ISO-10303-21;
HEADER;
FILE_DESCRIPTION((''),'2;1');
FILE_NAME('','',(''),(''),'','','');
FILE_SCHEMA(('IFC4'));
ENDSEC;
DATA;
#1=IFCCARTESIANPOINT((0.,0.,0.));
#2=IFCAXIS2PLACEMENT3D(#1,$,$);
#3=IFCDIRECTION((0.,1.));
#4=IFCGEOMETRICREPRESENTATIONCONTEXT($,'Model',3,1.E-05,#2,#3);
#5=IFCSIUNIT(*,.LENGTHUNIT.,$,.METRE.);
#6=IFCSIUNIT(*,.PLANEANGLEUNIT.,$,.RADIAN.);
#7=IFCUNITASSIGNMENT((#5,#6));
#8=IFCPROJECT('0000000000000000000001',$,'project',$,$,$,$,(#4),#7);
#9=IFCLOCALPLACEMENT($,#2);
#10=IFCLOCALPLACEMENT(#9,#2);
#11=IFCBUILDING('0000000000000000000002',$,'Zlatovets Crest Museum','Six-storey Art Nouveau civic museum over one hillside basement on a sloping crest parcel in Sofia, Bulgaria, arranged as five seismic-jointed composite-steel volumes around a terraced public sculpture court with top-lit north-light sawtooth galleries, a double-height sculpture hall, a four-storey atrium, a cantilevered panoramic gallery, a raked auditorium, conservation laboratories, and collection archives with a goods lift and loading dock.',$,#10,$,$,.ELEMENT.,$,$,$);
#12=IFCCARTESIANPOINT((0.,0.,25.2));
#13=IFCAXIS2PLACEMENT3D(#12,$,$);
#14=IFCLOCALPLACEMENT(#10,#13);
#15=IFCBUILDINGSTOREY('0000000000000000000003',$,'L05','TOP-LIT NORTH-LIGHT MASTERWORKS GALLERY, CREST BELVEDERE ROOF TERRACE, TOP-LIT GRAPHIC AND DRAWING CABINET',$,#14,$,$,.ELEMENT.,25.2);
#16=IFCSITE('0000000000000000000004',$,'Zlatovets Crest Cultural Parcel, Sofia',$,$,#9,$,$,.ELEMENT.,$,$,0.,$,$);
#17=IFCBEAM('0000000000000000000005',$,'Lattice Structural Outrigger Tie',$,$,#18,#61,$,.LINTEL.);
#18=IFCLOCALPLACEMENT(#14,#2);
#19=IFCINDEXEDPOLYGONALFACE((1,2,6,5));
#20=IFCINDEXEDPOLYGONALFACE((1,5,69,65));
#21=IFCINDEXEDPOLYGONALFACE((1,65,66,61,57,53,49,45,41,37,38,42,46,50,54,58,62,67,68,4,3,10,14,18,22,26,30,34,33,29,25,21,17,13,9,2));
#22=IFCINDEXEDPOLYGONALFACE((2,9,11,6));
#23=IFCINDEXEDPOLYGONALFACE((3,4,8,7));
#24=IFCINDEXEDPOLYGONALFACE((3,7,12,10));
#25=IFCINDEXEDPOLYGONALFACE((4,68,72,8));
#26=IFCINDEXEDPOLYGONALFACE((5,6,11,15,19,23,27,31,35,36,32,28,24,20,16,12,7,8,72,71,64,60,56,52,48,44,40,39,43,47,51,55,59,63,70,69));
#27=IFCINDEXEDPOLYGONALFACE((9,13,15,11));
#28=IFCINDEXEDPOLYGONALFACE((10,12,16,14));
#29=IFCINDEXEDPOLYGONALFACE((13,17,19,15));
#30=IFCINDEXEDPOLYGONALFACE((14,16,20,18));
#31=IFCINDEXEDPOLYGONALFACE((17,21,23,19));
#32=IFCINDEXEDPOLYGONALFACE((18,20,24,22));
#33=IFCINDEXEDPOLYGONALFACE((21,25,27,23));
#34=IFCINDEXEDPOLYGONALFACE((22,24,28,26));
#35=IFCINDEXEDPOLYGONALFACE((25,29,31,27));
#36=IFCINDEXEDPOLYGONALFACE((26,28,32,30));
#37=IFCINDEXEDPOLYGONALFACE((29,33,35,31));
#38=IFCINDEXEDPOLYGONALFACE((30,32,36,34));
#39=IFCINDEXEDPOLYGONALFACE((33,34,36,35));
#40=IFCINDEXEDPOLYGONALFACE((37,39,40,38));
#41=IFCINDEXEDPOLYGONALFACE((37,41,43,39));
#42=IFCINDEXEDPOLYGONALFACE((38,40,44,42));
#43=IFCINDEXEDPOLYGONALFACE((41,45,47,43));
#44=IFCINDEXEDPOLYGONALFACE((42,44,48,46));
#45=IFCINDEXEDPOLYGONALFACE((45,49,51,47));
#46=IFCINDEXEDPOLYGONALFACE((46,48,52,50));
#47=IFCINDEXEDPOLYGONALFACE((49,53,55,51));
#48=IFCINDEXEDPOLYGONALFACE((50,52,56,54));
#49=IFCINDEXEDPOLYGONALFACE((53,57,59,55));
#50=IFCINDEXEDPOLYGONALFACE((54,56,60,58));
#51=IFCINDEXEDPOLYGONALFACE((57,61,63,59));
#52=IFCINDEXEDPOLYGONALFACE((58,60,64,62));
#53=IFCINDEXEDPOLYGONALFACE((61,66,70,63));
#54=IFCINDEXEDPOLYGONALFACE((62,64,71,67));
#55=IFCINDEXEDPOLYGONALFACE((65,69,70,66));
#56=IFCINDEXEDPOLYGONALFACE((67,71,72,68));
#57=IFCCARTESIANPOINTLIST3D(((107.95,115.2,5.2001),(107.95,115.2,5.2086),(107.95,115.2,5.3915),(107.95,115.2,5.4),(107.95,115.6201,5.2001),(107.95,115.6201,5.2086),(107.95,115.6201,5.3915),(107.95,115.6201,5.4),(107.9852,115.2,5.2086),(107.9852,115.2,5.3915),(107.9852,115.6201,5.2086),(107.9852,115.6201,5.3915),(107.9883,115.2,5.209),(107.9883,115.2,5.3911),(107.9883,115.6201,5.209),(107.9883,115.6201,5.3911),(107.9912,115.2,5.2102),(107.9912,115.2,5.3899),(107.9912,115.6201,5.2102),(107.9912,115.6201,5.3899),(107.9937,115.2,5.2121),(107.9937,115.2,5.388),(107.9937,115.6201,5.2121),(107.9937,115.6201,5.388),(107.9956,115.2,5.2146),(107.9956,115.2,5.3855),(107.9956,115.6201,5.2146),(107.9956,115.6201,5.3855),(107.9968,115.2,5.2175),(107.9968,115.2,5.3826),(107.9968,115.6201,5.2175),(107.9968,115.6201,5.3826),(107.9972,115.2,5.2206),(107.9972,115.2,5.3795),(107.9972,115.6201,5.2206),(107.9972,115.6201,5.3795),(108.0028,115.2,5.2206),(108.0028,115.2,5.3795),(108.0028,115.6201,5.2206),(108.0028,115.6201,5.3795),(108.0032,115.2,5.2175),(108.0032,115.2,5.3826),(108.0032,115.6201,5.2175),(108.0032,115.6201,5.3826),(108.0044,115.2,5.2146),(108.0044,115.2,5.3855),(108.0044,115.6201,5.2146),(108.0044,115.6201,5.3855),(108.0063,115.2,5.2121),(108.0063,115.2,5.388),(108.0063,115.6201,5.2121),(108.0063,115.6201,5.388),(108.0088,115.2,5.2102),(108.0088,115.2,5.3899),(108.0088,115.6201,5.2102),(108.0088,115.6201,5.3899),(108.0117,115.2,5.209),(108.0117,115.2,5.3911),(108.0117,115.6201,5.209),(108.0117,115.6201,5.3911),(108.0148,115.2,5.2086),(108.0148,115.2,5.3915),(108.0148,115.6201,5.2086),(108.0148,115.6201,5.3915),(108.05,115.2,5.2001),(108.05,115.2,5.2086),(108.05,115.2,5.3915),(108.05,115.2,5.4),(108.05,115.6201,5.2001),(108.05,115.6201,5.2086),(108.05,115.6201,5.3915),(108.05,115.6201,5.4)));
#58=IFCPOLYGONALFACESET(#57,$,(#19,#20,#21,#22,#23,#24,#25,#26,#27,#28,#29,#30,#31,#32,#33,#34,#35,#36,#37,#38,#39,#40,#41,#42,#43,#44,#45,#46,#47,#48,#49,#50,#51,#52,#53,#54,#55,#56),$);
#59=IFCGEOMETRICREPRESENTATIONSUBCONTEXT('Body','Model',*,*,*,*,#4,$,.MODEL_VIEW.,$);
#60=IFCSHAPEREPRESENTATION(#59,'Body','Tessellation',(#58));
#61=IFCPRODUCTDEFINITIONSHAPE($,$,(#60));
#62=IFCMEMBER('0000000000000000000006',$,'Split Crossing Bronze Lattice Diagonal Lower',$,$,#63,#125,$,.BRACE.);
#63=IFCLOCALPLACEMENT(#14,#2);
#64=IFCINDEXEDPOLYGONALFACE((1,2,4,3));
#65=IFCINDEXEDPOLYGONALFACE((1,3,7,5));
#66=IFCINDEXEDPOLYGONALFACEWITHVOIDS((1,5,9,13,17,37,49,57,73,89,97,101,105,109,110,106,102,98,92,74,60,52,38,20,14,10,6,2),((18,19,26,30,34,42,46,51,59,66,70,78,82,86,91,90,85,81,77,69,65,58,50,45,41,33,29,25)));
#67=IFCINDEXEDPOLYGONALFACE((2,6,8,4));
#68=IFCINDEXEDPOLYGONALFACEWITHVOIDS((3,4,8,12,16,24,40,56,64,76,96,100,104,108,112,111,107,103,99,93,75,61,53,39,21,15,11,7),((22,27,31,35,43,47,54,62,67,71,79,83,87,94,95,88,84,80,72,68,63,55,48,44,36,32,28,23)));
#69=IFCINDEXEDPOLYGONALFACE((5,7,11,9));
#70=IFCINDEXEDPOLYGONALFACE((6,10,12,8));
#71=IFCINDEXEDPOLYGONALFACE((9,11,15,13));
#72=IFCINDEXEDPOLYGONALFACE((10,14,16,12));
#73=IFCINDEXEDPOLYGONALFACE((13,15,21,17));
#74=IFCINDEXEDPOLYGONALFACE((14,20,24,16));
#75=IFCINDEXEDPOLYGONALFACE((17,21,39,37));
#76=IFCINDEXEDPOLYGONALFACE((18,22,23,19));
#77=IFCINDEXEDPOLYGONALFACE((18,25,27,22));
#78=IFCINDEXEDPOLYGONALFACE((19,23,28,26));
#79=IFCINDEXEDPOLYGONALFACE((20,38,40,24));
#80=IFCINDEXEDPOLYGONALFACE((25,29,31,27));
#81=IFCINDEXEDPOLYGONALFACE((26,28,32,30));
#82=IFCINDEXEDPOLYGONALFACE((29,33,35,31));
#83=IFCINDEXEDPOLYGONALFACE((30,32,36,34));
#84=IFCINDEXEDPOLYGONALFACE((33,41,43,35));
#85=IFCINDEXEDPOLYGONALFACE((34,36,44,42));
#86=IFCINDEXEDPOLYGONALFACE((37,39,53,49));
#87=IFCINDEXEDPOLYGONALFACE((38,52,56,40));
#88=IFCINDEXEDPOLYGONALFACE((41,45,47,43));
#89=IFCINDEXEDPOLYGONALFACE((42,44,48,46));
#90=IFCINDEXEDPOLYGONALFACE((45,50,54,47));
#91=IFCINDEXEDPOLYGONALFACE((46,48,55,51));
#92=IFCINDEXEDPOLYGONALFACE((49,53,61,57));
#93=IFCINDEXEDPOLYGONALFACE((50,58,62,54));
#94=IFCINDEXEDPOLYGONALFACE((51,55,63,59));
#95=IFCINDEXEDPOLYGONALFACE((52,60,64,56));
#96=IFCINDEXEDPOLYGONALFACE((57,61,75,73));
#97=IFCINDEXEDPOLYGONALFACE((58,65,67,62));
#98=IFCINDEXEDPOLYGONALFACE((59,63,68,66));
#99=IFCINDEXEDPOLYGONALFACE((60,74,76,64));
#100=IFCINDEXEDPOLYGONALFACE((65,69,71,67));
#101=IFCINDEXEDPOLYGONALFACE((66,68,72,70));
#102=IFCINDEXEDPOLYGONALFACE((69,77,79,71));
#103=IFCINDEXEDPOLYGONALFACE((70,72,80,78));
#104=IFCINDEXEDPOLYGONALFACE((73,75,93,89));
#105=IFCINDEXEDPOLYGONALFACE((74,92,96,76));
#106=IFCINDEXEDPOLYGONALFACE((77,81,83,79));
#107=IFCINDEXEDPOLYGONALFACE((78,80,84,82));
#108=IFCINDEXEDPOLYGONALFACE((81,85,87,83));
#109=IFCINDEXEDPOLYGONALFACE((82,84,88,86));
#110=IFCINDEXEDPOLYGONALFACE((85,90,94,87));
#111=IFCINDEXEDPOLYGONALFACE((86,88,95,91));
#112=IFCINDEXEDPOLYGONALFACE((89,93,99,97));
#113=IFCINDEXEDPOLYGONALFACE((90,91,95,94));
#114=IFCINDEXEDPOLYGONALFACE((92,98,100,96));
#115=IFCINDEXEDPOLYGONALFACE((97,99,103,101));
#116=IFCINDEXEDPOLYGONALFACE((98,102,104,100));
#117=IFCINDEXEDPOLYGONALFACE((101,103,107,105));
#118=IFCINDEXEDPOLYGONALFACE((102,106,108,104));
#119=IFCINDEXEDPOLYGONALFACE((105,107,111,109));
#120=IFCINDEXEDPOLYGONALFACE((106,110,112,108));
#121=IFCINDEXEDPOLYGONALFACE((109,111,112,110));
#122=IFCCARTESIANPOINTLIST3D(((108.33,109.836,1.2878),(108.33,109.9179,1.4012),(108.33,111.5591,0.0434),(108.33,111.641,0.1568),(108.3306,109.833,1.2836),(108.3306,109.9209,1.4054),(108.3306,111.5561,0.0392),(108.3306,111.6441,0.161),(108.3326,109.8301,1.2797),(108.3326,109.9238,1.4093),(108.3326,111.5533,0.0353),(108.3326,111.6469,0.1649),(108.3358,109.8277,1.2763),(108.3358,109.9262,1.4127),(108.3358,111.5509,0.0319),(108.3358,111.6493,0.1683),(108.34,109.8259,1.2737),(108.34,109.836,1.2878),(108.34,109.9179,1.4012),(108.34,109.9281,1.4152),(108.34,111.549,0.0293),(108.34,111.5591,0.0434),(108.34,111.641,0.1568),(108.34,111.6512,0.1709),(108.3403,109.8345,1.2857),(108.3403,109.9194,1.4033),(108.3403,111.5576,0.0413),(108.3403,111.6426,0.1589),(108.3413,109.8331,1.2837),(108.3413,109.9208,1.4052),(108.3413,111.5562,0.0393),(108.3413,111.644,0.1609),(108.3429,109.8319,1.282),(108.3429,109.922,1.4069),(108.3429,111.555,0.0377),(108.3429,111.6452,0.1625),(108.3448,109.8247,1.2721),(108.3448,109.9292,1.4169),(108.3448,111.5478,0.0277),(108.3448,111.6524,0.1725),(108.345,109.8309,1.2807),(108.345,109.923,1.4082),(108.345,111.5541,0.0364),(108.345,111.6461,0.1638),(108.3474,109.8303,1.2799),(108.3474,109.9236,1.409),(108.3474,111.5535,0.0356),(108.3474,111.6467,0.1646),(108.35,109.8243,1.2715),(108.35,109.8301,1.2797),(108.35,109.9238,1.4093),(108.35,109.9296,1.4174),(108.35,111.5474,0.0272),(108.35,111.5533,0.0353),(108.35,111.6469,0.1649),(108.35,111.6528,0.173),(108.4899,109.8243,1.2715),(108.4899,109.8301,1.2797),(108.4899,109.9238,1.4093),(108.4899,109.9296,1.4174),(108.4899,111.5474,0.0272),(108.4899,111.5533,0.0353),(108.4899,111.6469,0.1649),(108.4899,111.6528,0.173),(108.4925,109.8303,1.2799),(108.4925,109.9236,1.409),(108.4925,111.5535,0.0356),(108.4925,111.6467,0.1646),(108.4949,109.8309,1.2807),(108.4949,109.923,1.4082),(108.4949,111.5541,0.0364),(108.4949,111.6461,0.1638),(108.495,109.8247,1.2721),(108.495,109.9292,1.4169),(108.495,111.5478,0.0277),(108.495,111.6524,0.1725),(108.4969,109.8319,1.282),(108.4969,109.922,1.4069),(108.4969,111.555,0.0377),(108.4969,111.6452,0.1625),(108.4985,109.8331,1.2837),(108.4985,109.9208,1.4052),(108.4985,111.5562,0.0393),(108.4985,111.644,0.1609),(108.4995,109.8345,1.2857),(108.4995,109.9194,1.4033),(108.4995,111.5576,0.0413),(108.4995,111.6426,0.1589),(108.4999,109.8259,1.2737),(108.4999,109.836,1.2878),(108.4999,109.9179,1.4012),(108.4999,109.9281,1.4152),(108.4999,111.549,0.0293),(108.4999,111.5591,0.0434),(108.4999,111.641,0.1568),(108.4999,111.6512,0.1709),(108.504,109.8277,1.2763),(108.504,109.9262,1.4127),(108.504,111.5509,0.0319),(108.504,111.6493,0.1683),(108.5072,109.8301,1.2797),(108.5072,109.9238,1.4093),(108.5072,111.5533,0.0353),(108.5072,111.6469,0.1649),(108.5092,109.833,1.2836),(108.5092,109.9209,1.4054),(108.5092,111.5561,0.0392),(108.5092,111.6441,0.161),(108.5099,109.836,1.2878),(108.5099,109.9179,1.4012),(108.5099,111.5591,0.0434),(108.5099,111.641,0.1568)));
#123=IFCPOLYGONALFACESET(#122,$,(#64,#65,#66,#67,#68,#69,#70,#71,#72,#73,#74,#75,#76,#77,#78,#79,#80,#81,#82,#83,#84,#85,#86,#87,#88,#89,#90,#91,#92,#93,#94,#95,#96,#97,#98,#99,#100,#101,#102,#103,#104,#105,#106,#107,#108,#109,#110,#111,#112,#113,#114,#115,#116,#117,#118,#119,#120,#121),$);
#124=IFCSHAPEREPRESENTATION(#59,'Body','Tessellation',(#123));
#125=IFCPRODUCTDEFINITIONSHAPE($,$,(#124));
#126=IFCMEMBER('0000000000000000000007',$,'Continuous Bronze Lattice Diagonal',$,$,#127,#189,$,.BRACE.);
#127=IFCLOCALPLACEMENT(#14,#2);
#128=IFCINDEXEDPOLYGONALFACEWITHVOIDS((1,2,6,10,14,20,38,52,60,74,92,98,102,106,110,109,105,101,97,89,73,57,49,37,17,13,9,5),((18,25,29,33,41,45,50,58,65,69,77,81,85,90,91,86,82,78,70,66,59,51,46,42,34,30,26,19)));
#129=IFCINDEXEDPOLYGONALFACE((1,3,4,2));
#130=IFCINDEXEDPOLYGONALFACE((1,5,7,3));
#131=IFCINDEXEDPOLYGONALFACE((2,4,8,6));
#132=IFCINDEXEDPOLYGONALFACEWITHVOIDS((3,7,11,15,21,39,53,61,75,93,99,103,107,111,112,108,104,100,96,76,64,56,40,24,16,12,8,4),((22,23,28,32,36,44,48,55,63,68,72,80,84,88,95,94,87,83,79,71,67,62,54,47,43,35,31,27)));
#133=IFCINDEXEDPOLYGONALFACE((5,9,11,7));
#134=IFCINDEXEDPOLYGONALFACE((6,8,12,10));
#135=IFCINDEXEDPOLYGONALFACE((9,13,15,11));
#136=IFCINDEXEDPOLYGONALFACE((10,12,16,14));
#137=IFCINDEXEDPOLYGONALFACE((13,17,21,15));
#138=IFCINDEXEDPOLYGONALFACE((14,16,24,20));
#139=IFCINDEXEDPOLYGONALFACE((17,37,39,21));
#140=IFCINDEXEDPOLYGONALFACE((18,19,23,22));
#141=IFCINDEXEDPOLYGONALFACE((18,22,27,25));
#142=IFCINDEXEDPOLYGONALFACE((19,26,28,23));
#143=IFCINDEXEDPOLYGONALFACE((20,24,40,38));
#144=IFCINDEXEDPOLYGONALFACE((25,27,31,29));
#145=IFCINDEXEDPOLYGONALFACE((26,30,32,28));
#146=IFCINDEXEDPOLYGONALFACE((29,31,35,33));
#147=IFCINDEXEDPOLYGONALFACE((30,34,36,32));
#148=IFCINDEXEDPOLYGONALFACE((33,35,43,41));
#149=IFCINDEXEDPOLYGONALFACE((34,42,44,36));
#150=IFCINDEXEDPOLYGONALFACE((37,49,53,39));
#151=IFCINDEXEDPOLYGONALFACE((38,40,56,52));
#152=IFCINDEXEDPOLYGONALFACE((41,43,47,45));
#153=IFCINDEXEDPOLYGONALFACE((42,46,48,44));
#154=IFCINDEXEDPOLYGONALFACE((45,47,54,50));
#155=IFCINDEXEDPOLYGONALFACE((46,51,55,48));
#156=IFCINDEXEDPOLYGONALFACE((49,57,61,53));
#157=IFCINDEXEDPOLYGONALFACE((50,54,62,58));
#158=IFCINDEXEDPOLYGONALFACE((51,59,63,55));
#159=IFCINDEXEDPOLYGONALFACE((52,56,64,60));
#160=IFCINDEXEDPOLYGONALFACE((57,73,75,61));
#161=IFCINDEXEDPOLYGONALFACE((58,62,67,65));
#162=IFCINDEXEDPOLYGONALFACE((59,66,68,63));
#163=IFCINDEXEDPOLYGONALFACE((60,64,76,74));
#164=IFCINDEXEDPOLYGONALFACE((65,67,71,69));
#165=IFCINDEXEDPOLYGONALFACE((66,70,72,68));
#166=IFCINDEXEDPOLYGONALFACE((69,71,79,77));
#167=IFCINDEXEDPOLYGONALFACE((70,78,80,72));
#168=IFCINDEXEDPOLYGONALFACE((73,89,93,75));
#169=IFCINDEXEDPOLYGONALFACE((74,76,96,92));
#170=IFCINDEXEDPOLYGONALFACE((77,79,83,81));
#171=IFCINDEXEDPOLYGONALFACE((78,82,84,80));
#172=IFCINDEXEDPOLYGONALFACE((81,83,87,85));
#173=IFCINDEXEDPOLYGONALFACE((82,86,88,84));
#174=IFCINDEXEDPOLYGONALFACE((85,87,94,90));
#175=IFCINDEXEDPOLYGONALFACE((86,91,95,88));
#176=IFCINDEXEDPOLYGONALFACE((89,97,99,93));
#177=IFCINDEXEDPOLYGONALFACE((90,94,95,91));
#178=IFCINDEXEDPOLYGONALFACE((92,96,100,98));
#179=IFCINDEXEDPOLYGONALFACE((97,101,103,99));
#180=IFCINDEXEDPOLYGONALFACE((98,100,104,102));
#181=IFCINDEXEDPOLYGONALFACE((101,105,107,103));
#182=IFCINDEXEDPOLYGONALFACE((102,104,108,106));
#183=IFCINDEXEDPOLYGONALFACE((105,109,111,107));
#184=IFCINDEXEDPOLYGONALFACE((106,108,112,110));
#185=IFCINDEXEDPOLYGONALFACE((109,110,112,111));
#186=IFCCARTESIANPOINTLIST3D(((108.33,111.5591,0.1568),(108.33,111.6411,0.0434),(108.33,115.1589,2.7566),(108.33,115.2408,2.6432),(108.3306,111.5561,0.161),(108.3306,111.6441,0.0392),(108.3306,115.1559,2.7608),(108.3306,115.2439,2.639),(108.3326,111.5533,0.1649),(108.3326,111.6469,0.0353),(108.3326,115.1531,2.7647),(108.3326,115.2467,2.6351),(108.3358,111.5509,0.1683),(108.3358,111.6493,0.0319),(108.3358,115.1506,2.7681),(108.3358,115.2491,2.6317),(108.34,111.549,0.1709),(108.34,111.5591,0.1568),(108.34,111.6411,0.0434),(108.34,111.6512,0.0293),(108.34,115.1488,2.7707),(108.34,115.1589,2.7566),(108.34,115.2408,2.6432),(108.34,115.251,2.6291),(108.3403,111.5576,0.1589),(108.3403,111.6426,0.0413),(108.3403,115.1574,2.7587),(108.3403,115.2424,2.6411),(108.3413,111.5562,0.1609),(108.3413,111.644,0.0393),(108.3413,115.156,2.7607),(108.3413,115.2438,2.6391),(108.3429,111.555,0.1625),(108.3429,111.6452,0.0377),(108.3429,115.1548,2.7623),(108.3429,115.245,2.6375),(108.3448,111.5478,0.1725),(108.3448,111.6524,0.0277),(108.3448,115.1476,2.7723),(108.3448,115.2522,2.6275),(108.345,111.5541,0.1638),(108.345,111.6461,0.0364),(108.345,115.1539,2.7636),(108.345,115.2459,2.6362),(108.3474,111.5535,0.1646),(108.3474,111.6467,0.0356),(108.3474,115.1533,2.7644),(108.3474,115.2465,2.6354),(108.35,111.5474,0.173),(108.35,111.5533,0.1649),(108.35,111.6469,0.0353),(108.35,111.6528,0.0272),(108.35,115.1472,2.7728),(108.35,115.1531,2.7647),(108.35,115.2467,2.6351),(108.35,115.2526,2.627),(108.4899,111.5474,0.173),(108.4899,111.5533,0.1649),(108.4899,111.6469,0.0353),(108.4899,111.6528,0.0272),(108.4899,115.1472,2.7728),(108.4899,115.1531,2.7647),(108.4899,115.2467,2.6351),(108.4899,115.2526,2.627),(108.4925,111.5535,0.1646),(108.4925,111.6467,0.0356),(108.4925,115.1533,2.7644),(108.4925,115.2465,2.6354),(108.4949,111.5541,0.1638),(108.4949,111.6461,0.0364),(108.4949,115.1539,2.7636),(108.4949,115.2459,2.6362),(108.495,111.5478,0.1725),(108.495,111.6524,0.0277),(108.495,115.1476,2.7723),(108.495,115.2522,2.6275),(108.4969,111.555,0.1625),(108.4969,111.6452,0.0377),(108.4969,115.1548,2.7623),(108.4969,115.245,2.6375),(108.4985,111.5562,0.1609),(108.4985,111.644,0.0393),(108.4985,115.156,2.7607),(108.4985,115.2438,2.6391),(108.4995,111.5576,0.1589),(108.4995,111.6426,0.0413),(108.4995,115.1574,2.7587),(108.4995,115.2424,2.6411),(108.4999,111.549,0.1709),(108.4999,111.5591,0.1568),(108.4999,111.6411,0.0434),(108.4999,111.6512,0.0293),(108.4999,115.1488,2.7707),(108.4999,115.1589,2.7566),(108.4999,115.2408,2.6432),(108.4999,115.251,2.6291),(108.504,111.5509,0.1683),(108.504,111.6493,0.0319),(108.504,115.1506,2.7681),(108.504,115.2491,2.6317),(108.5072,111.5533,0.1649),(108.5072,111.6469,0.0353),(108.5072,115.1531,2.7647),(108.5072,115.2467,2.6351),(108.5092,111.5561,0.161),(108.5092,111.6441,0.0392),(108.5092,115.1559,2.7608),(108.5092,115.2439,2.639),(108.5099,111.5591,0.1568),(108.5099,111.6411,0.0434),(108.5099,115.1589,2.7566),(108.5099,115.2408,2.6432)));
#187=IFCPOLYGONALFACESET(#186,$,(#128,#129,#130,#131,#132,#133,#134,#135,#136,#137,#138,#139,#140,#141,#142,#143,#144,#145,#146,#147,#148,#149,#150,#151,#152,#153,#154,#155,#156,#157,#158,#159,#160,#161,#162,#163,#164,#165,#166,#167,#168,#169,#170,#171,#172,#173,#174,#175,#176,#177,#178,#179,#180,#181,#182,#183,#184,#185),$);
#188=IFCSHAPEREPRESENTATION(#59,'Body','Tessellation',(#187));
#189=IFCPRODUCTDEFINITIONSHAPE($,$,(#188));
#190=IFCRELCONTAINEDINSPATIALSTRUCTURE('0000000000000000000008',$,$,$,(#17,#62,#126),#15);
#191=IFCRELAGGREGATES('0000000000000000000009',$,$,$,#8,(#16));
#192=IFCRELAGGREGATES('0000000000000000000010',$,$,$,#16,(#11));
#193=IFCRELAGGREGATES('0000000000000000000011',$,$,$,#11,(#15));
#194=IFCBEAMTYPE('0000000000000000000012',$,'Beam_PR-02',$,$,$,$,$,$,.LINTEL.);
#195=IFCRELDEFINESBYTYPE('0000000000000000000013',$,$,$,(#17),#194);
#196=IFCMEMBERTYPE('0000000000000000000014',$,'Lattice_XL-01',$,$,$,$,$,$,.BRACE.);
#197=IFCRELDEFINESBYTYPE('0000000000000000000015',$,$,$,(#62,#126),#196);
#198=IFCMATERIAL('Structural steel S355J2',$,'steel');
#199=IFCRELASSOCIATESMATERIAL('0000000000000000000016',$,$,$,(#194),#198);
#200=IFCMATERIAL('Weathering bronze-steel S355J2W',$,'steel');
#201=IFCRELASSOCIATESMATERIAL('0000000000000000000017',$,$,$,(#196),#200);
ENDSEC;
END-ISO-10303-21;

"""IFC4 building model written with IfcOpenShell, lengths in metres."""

from ifc_helpers import new_model, si_unit, direction, frame, origin, origin_2d, place, context, subcontext, project, spatial, hollow_rectangle, i_section, extrude, material, material_profile, profile_set, type_object, element, save


model = new_model("IFC4")

# Units and contexts
model_context = context("Model", 3, precision=1e-05, world=origin(), true_north=direction((0.0, 1.0)))
body_context = subcontext(model_context, "Body", "Model", "MODEL_VIEW")
ifc_project = project(units=[si_unit("LENGTHUNIT", "METRE"), si_unit("PLANEANGLEUNIT", "RADIAN")], contexts=[model_context])

# Site, building, storey
site_placement = place(None, origin())
site = spatial("IfcSite", under=ifc_project, at=site_placement, Name="Zlatovets Crest Cultural Parcel, Sofia", CompositionType="ELEMENT", RefElevation=0.0)
building_placement = place(site_placement, origin())
building = spatial("IfcBuilding", under=site, at=building_placement, Name="Zlatovets Crest Museum", Description="Six-storey Art Nouveau civic museum over one hillside basement on a sloping crest parcel in Sofia, Bulgaria, arranged as five seismic-jointed composite-steel volumes around a terraced public sculpture court with top-lit north-light sawtooth galleries, a double-height sculpture hall, a four-storey atrium, a cantilevered panoramic gallery, a raked auditorium, conservation laboratories, and collection archives with a goods lift and loading dock.", CompositionType="ELEMENT")
storey_placement = place(building_placement, frame((0.0, 0.0, 25.2)))
storey = spatial("IfcBuildingStorey", under=building, at=storey_placement, Name="L05", Description="TOP-LIT NORTH-LIGHT MASTERWORKS GALLERY, CREST BELVEDERE ROOF TERRACE, TOP-LIT GRAPHIC AND DRAWING CABINET", CompositionType="ELEMENT", Elevation=25.2)

# Shared definitions
ifc_material_1 = material(Name="Structural steel S355J2", Category="steel")

# Beam
ifc_material_profile_1 = material_profile(ifc_material_1, i_section(OverallWidth=0.1001, OverallDepth=0.2, WebThickness=0.0056, FlangeThickness=0.0085, FilletRadius=0.012, at=origin_2d()), Name="IPE 200")
ifc_profile_set_1 = profile_set([ifc_material_profile_1], Name="Structural steel S355J2")
beam_type = type_object("IfcBeamType", Name="Beam_PR-02", PredefinedType="LINTEL", material=ifc_profile_set_1)
for number, where, z_axis, x_axis, name in (
    (1, (108.0, 115.2, 5.3), (0.0, 1.0, 0.0), (-1.0, 0.0, 0.0), "Lattice Structural Outrigger Tie"),
):
    element("IfcBeam", number, at=place(storey_placement, frame(where, z_axis=z_axis, x_axis=x_axis)), inside=storey, type_object=beam_type, Name=name, PredefinedType="LINTEL", context=body_context, shape_type="SweptSolid", body=[
        extrude(i_section(OverallWidth=0.1001, OverallDepth=0.2, WebThickness=0.0056, FlangeThickness=0.0085, FilletRadius=0.012, at=origin_2d()), origin(), (0.0, 0.0, 1.0), 0.4202),
    ])

# Members
ifc_material_2 = material(Name="Weathering bronze-steel S355J2W", Category="steel")
ifc_material_profile_2 = material_profile(ifc_material_2, hollow_rectangle(XDim=0.1799, YDim=0.1799, WallThickness=0.01, InnerFilletRadius=0.01, OuterFilletRadius=0.02, at=origin_2d()), Name="SHS 180x180x10.0")
ifc_profile_set_2 = profile_set([ifc_material_profile_2], Name="Weathering bronze-steel S355J2W")
member_type_1 = type_object("IfcMemberType", Name="Lattice_XL-01", PredefinedType="BRACE", material=ifc_profile_set_2)
member_1_placement = place(storey_placement, frame((108.4199, 109.877, 1.3445), z_axis=(0.0, 0.810703, -0.585457), x_axis=(-1.0, 0.0, 0.0)))
element("IfcMember", 2, at=member_1_placement, inside=storey, type_object=member_type_1, Name="Split Crossing Bronze Lattice Diagonal Lower", PredefinedType="BRACE", context=body_context, shape_type="SweptSolid", body=[
    extrude(hollow_rectangle(XDim=0.1799, YDim=0.1799, WallThickness=0.01, InnerFilletRadius=0.01, OuterFilletRadius=0.02, at=origin_2d()), origin(), (0.0, 0.0, 1.0), 2.1255),
])
member_2_placement = place(storey_placement, frame((108.4199, 111.6001, 0.1001), z_axis=(0.0, 0.810684, 0.585485), x_axis=(-1.0, 0.0, 0.0)))
element("IfcMember", 3, at=member_2_placement, inside=storey, type_object=member_type_1, Name="Continuous Bronze Lattice Diagonal", PredefinedType="BRACE", context=body_context, shape_type="SweptSolid", body=[
    extrude(hollow_rectangle(XDim=0.1799, YDim=0.1799, WallThickness=0.01, InnerFilletRadius=0.01, OuterFilletRadius=0.02, at=origin_2d()), origin(), (0.0, 0.0, 1.0), 4.4404),
])

save(model, "model.ifc")
